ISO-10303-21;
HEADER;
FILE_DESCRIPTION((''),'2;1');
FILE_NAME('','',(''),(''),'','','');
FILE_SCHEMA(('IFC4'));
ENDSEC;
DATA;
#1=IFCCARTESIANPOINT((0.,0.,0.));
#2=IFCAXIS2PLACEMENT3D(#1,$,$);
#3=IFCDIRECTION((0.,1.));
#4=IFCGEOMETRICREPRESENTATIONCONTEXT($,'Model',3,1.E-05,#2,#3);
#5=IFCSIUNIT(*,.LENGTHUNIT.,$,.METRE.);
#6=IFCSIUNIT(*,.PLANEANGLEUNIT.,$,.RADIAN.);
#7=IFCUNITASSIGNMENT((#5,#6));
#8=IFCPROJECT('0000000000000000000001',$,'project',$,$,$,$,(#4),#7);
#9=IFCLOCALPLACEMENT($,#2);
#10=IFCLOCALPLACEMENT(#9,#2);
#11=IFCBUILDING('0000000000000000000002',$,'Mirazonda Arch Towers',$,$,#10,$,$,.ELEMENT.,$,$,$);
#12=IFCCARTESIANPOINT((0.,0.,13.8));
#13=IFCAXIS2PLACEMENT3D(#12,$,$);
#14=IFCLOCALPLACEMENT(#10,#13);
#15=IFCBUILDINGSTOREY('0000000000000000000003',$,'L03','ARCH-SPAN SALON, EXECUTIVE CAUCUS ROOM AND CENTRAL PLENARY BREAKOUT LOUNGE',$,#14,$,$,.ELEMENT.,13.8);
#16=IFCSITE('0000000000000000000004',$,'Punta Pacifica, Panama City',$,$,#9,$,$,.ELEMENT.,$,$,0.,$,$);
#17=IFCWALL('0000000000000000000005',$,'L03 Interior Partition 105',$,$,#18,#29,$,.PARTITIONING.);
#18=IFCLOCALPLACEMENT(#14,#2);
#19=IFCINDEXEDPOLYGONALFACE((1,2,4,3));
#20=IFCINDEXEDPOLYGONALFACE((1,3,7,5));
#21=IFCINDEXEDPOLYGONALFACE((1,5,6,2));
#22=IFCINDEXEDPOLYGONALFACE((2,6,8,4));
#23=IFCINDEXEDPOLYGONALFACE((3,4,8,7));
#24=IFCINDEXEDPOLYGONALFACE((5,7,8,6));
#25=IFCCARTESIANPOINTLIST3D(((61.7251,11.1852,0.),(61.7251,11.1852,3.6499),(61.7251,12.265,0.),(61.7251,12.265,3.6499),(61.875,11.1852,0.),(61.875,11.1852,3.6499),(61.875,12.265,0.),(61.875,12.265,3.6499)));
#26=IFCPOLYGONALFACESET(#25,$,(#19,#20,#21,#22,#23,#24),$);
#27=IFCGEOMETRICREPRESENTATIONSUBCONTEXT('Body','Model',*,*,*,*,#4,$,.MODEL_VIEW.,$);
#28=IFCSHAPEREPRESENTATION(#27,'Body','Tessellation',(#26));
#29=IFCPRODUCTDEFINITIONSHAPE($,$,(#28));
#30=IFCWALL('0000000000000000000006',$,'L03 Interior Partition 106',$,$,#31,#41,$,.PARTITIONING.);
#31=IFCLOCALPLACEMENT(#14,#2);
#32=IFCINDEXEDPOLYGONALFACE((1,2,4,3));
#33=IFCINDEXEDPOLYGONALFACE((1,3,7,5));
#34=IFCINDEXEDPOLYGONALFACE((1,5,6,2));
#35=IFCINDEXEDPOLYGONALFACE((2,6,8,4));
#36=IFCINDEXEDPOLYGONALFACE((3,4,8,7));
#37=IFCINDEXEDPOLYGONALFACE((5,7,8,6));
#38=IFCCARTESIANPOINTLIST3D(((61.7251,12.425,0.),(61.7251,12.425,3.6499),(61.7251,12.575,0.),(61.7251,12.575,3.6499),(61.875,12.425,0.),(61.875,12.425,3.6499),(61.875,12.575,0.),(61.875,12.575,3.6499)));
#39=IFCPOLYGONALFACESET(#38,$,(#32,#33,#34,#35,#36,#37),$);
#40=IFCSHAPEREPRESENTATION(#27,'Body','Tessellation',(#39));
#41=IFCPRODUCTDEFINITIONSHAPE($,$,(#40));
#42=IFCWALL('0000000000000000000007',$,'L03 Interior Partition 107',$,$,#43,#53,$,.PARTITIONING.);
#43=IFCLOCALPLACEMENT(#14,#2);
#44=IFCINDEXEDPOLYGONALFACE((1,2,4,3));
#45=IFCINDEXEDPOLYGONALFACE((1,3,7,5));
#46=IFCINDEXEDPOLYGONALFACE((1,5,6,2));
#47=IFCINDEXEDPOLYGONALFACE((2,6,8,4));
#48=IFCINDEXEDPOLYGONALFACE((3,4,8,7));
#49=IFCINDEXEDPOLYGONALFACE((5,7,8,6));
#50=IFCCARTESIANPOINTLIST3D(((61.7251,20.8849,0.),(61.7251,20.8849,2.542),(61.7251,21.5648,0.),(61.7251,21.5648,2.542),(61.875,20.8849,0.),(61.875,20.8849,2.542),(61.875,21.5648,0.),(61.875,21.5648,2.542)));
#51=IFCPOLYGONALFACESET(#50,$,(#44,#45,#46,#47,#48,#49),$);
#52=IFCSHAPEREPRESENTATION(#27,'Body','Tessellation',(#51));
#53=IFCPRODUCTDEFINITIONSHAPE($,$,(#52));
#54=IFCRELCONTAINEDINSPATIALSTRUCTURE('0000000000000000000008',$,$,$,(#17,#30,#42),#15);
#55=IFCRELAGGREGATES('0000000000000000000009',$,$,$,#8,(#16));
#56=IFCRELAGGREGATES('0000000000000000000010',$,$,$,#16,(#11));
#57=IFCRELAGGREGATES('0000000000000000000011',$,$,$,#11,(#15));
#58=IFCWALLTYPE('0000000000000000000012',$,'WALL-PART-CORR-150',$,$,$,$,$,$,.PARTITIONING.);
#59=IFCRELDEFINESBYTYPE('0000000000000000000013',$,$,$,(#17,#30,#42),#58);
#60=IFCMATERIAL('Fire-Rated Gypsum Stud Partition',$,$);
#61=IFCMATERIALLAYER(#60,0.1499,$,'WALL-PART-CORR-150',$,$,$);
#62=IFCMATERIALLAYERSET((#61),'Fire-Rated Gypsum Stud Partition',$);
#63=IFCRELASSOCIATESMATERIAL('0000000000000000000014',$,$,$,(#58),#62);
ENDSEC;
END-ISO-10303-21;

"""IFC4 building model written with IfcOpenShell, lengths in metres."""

from ifc_helpers import new_model, si_unit, direction, frame, frame_2d, origin, place, context, subcontext, project, spatial, rectangle, extrude, material, layer, layer_set, type_object, element, save


model = new_model("IFC4")

# Units and contexts
model_context = context("Model", 3, precision=1e-05, world=origin(), true_north=direction((0.0, 1.0)))
body_context = subcontext(model_context, "Body", "Model", "MODEL_VIEW")
ifc_project = project(units=[si_unit("LENGTHUNIT", "METRE"), si_unit("PLANEANGLEUNIT", "RADIAN")], contexts=[model_context])

# Site, building, storey
site_placement = place(None, origin())
site = spatial("IfcSite", under=ifc_project, at=site_placement, Name="Punta Pacifica, Panama City", CompositionType="ELEMENT", RefElevation=0.0)
building_placement = place(site_placement, origin())
building = spatial("IfcBuilding", under=site, at=building_placement, Name="Mirazonda Arch Towers", CompositionType="ELEMENT")
storey_placement = place(building_placement, frame((0.0, 0.0, 13.8)))
storey = spatial("IfcBuildingStorey", under=building, at=storey_placement, Name="L03", Description="ARCH-SPAN SALON, EXECUTIVE CAUCUS ROOM AND CENTRAL PLENARY BREAKOUT LOUNGE", CompositionType="ELEMENT", Elevation=13.8)

# Walls
ifc_material_1 = material(Name="Fire-Rated Gypsum Stud Partition")
ifc_layer_1 = layer(ifc_material_1, 0.1499, Name="WALL-PART-CORR-150")
ifc_layer_set_1 = layer_set([ifc_layer_1], Name="Fire-Rated Gypsum Stud Partition")
wall_type_1 = type_object("IfcWallType", Name="WALL-PART-CORR-150", PredefinedType="PARTITIONING", material=ifc_layer_set_1)
wall_1_placement = place(storey_placement, frame((61.8, 11.1851, 0.0), z_axis=(0.0, 0.0, 1.0), x_axis=(0.0, 1.0, 0.0)))
element("IfcWall", 1, at=wall_1_placement, inside=storey, type_object=wall_type_1, Name="L03 Interior Partition 105", PredefinedType="PARTITIONING", context=body_context, shape_type="SweptSolid", body=[
    extrude(rectangle(XDim=1.0798, YDim=0.1499, at=frame_2d((0.54, 0.0))), origin(), (0.0, 0.0, 1.0), 3.6499),
])
wall_2_placement = place(storey_placement, frame((61.8, 12.425, 0.0), z_axis=(0.0, 0.0, 1.0), x_axis=(0.0, 1.0, 0.0)))
element("IfcWall", 2, at=wall_2_placement, inside=storey, type_object=wall_type_1, Name="L03 Interior Partition 106", PredefinedType="PARTITIONING", context=body_context, shape_type="SweptSolid", body=[
    extrude(rectangle(XDim=0.1499, YDim=0.1499, at=frame_2d((0.075, 0.0))), origin(), (0.0, 0.0, 1.0), 3.6499),
])
wall_3_placement = place(storey_placement, frame((61.8, 20.885, 0.0), z_axis=(0.0, 0.0, 1.0), x_axis=(0.0, 1.0, 0.0)))
element("IfcWall", 3, at=wall_3_placement, inside=storey, type_object=wall_type_1, Name="L03 Interior Partition 107", PredefinedType="PARTITIONING", context=body_context, shape_type="SweptSolid", body=[
    extrude(rectangle(XDim=0.6799, YDim=0.1499, at=frame_2d((0.3398, 0.0))), origin(), (0.0, 0.0, 1.0), 2.542),
])

save(model, "model.ifc")
